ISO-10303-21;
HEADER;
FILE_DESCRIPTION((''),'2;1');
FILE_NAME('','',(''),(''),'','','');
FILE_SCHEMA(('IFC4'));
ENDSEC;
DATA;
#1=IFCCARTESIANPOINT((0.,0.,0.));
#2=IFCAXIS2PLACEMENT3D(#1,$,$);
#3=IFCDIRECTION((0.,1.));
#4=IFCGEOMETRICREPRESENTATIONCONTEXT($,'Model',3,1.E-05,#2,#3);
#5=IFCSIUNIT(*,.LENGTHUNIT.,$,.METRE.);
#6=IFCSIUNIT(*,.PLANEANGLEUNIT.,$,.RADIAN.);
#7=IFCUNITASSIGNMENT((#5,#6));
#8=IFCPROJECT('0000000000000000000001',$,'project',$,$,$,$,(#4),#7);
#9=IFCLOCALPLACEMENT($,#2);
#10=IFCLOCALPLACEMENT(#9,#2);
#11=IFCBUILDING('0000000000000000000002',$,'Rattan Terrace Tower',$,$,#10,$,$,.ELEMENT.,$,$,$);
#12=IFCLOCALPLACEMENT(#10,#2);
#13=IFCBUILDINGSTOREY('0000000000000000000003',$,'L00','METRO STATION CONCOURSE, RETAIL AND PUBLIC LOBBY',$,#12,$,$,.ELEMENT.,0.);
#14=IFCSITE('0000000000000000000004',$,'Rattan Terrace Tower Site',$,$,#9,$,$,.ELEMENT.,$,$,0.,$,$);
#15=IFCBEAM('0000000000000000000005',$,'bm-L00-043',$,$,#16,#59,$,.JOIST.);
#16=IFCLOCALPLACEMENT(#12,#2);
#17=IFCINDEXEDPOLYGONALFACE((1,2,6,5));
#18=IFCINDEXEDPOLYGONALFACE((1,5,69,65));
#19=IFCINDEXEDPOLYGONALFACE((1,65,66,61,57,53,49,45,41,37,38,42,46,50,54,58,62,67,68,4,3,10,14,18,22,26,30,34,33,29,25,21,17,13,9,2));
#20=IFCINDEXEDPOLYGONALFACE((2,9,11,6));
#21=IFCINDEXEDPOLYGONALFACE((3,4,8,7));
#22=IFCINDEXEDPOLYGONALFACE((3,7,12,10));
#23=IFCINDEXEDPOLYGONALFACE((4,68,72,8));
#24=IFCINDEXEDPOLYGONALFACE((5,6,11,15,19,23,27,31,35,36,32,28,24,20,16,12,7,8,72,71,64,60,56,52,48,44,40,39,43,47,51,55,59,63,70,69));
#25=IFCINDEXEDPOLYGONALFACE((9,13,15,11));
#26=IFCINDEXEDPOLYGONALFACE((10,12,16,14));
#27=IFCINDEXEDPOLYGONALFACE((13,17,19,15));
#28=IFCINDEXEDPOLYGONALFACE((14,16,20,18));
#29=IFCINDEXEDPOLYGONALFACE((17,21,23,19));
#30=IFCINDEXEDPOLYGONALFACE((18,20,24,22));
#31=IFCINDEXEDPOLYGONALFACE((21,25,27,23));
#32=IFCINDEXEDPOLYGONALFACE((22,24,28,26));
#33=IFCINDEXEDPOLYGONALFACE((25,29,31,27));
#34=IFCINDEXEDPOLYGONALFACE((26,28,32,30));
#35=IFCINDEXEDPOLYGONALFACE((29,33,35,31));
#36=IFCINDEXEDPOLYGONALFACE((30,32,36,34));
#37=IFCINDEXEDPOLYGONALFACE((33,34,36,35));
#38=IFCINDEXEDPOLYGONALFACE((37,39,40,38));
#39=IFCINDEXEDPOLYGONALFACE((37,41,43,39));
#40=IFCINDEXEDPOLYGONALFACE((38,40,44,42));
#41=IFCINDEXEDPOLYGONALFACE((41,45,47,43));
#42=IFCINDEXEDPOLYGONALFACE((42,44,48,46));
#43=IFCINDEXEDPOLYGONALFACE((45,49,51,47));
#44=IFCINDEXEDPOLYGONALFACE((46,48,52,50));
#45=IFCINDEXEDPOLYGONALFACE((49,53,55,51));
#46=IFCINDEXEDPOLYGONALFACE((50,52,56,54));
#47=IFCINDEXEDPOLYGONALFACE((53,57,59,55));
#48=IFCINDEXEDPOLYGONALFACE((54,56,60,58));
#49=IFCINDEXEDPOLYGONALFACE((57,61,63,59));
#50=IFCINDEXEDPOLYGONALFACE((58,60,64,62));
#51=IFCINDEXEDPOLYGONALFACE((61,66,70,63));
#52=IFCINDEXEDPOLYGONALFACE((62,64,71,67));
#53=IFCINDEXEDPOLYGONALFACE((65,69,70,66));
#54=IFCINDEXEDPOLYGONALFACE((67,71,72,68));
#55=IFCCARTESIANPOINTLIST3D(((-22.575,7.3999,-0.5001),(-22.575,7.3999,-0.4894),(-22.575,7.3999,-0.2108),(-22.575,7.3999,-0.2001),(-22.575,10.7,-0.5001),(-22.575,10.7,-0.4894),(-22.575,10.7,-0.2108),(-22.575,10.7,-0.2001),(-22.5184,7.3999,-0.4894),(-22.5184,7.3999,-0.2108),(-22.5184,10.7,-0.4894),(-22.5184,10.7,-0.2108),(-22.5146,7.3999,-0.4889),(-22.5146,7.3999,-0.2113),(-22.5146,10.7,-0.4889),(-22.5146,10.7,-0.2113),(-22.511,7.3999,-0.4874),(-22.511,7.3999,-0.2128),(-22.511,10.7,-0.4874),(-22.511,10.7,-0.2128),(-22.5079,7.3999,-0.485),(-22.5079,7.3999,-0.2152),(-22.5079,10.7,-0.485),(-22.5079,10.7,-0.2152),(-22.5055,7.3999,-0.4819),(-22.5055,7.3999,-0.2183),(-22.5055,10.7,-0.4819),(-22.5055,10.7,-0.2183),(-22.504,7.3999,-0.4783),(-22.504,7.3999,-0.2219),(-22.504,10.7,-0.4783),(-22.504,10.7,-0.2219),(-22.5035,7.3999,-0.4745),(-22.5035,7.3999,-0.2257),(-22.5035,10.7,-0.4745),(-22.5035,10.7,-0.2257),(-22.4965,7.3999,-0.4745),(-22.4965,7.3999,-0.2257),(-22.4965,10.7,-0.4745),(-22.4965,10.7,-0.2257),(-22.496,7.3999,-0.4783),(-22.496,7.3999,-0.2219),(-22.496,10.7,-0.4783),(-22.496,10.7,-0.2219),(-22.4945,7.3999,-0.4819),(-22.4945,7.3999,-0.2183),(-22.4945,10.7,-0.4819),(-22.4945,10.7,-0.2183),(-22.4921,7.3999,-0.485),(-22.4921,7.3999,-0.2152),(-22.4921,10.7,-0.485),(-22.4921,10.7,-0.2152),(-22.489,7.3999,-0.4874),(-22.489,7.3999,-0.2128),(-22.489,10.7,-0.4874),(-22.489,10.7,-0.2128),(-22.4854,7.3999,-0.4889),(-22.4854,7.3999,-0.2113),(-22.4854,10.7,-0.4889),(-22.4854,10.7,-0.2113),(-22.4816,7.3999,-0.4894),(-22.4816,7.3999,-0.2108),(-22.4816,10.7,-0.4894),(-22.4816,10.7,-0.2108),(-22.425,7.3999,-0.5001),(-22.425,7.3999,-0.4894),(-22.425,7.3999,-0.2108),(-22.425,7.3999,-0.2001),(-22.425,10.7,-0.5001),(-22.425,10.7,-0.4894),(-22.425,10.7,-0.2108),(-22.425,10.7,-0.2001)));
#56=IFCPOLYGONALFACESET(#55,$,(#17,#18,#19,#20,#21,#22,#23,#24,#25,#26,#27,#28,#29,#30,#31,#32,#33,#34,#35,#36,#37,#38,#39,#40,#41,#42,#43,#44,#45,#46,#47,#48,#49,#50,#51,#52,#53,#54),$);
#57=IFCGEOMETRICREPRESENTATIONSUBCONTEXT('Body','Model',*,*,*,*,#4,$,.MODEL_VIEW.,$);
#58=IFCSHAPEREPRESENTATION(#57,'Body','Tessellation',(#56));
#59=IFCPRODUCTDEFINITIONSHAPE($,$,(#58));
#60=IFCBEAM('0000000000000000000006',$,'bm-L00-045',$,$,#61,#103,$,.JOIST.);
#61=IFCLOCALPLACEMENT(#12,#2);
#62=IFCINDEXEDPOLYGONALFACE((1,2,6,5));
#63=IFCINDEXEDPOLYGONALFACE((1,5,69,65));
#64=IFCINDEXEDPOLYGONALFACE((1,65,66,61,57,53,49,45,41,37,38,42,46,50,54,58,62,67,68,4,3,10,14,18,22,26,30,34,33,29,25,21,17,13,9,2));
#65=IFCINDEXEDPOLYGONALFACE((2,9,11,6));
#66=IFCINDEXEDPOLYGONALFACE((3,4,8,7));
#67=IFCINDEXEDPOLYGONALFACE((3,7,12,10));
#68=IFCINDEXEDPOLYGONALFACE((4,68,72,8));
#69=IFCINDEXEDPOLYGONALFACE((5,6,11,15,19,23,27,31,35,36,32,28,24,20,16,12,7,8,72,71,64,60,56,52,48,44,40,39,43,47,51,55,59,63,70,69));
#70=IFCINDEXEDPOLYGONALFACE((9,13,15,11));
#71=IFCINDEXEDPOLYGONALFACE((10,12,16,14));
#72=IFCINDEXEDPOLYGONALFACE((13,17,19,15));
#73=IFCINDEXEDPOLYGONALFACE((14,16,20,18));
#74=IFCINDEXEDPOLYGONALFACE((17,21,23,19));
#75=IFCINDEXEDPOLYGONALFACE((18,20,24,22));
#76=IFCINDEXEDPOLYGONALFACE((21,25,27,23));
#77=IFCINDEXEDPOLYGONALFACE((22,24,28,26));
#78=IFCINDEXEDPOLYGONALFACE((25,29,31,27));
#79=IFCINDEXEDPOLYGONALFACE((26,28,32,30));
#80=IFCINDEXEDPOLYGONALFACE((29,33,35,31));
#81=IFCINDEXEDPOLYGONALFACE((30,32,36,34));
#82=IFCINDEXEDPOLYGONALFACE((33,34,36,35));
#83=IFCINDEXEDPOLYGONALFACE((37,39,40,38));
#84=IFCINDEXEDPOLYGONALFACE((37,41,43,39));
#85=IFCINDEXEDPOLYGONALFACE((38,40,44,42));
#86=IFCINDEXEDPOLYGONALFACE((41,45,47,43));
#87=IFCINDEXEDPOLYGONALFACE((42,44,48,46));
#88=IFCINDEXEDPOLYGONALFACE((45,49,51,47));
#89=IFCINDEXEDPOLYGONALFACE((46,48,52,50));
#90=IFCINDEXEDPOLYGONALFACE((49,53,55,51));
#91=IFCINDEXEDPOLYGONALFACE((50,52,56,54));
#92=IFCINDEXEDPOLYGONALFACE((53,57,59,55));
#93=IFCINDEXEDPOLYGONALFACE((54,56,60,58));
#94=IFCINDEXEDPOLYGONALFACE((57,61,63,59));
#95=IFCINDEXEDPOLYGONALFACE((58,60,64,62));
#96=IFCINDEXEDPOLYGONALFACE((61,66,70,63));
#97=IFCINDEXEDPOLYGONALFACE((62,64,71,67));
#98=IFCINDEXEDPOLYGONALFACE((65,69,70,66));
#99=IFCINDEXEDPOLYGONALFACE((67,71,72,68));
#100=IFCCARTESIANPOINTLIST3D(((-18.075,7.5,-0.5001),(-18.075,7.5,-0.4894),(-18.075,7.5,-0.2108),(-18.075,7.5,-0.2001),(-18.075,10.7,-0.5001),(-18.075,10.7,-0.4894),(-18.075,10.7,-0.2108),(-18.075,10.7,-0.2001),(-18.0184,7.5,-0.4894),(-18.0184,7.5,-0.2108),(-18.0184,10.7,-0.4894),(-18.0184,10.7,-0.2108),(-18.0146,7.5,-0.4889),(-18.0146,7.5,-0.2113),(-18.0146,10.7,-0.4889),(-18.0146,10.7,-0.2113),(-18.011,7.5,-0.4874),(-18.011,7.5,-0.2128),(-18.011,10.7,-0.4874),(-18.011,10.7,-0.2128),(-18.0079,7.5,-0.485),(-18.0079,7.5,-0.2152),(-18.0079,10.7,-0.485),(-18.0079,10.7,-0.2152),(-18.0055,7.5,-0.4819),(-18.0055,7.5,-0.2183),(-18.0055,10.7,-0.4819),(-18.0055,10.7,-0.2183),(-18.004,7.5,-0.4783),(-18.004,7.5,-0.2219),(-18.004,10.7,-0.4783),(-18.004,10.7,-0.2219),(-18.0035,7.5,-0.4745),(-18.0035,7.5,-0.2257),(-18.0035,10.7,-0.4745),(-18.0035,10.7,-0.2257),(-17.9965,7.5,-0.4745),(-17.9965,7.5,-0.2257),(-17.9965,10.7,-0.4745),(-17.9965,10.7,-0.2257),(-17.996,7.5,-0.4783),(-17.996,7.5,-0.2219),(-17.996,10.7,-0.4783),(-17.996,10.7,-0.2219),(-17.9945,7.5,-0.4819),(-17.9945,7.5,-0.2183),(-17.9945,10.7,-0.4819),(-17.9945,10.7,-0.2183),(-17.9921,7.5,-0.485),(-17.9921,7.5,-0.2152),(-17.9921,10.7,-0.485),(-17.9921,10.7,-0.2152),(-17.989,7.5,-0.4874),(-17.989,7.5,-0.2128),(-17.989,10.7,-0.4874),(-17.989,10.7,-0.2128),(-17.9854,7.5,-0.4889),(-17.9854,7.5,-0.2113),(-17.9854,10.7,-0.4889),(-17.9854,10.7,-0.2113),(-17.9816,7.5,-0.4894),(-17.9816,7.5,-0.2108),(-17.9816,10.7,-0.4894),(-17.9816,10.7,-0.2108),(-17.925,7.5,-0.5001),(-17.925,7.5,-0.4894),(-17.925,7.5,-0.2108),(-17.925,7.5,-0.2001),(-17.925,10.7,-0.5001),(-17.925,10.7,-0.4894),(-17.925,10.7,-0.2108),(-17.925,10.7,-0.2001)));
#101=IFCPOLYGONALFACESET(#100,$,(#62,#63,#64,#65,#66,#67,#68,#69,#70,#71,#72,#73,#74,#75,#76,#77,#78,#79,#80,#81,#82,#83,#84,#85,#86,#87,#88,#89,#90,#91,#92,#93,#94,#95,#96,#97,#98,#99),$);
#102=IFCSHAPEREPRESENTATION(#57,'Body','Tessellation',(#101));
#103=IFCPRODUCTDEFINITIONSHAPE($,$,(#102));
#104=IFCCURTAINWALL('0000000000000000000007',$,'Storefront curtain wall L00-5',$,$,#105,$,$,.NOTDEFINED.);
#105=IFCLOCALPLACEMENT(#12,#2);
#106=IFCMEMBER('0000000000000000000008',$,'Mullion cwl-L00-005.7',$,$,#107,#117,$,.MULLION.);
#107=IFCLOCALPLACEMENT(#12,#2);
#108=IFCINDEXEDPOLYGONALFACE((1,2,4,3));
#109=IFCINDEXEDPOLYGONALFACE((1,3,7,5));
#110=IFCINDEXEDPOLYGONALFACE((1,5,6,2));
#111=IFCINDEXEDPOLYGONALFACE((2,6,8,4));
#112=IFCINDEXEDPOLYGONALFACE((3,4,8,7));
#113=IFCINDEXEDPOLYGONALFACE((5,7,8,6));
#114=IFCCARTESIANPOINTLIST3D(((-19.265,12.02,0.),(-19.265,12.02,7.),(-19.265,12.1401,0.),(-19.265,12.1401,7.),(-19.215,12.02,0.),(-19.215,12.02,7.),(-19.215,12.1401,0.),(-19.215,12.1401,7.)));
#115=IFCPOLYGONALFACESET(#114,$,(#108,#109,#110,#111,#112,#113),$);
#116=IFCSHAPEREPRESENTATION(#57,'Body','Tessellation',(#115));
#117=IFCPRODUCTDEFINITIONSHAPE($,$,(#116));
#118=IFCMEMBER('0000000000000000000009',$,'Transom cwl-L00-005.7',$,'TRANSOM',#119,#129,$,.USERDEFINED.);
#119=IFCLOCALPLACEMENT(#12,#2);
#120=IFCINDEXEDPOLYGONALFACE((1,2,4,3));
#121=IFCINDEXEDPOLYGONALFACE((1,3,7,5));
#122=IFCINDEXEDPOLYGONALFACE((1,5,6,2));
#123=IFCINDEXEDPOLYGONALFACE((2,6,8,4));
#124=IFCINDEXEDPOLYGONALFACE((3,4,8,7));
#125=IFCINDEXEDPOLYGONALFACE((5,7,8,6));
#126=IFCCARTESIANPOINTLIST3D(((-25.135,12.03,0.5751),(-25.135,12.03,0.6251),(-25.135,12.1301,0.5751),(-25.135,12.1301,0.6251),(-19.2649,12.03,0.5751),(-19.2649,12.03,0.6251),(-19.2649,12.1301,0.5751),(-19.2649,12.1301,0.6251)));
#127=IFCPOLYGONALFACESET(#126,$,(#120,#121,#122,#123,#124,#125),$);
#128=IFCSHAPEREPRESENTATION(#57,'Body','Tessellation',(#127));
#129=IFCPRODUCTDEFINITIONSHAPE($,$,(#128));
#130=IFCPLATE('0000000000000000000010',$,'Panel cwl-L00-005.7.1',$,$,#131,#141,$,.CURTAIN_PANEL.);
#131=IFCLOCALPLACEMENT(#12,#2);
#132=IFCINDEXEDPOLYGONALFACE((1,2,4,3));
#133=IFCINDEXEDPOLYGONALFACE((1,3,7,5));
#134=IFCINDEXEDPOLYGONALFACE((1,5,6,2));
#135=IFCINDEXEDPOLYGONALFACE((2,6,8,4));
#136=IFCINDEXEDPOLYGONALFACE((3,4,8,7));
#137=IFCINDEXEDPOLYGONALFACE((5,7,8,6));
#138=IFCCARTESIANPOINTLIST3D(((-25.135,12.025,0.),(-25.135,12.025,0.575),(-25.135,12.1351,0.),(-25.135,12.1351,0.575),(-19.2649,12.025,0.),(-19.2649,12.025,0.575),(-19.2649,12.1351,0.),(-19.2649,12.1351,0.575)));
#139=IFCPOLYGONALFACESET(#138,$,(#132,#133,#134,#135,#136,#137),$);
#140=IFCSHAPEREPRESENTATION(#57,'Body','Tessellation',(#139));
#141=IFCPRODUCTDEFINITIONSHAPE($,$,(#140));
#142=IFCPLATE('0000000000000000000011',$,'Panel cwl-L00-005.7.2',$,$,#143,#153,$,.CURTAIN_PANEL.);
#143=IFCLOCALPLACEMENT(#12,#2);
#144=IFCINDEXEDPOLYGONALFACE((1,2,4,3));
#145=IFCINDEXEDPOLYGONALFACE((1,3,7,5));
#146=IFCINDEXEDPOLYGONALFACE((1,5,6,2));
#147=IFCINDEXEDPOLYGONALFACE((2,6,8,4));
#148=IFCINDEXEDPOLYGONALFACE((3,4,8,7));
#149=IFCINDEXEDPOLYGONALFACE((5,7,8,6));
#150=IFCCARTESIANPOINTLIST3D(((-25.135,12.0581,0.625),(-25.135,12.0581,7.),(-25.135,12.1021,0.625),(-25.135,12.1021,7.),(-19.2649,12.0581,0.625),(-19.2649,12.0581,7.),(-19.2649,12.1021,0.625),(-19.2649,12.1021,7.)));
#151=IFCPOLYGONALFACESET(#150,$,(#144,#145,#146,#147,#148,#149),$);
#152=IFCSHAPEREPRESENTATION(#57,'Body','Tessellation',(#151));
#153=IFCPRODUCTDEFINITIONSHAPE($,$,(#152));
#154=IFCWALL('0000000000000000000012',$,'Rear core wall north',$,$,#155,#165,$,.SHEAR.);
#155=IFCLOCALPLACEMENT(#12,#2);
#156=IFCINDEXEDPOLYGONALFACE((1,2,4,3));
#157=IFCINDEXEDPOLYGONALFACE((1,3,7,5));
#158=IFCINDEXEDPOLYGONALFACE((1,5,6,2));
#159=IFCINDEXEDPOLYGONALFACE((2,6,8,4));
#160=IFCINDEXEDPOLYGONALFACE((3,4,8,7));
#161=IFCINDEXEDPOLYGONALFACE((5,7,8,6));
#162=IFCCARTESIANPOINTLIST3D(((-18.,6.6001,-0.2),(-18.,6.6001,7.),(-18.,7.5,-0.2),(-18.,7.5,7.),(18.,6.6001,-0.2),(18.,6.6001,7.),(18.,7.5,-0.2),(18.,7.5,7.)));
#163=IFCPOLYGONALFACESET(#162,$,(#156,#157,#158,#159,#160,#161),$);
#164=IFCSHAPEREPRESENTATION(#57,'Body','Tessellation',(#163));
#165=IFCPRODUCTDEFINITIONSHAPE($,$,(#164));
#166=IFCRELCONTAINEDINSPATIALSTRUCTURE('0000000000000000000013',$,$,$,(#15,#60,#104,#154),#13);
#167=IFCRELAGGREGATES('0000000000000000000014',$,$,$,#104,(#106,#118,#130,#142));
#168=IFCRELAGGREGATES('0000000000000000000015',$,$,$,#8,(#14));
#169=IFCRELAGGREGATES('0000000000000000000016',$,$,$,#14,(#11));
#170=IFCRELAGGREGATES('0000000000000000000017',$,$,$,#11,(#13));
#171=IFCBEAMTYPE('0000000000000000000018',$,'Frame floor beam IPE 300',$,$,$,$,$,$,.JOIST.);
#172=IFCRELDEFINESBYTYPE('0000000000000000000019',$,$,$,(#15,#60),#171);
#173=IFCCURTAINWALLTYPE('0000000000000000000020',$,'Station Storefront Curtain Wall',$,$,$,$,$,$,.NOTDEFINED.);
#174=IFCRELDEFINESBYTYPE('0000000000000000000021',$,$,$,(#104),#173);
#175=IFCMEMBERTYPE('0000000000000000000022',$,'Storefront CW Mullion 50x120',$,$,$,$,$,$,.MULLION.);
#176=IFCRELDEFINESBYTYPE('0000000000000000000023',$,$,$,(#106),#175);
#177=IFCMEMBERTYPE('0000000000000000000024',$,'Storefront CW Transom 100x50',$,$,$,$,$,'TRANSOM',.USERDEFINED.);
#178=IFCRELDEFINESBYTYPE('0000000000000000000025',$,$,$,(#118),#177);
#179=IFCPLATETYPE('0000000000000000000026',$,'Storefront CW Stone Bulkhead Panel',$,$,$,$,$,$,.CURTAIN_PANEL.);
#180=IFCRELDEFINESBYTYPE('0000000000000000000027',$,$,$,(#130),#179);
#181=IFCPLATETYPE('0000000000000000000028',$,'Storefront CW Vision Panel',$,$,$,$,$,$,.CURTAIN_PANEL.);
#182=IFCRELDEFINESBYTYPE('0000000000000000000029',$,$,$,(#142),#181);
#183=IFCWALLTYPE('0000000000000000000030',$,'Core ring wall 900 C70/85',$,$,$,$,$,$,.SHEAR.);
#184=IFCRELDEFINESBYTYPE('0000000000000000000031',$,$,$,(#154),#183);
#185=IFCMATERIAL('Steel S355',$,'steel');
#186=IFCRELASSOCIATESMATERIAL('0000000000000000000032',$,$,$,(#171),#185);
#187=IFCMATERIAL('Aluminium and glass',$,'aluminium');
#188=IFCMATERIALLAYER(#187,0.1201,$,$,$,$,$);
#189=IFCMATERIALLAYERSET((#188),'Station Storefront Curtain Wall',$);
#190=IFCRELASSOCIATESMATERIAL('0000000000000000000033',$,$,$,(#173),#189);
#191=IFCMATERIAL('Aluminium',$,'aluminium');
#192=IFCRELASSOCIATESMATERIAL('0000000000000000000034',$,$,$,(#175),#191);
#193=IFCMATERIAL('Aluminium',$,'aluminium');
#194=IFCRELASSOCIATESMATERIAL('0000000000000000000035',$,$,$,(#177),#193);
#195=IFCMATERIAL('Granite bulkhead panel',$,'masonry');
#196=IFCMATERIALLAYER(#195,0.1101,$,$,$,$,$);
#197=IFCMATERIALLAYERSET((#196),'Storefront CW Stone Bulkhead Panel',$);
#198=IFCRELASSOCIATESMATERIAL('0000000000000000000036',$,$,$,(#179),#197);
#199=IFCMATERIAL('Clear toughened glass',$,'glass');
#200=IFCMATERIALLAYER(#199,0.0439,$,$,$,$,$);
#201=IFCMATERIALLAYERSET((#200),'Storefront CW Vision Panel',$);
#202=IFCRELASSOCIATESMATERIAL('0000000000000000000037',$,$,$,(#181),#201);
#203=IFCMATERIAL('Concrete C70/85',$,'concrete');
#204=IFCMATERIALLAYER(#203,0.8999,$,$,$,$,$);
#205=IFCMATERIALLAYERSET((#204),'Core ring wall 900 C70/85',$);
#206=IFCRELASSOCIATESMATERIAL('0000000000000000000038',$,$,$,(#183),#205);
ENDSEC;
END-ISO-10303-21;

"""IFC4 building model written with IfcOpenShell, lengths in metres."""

from ifc_helpers import new_model, si_unit, direction, frame, frame_2d, origin, origin_2d, place, context, subcontext, project, spatial, rectangle, i_section, extrude, material, layer, layer_set, material_profile, profile_set, type_object, element, aggregate, save


model = new_model("IFC4")

# Units and contexts
model_context = context("Model", 3, precision=1e-05, world=origin(), true_north=direction((0.0, 1.0)))
body_context = subcontext(model_context, "Body", "Model", "MODEL_VIEW")
ifc_project = project(units=[si_unit("LENGTHUNIT", "METRE"), si_unit("PLANEANGLEUNIT", "RADIAN")], contexts=[model_context])

# Site, building, storey
site_placement = place(None, origin())
site = spatial("IfcSite", under=ifc_project, at=site_placement, Name="Rattan Terrace Tower Site", CompositionType="ELEMENT", RefElevation=0.0)
building_placement = place(site_placement, origin())
building = spatial("IfcBuilding", under=site, at=building_placement, Name="Rattan Terrace Tower", CompositionType="ELEMENT")
storey_placement = place(building_placement, origin())
storey = spatial("IfcBuildingStorey", under=building, at=storey_placement, Name="L00", Description="METRO STATION CONCOURSE, RETAIL AND PUBLIC LOBBY", CompositionType="ELEMENT", Elevation=0.0)

# Beams
ifc_material_1 = material(Name="Steel S355", Category="steel")
ifc_material_profile_1 = material_profile(ifc_material_1, i_section(OverallWidth=0.1499, OverallDepth=0.3, WebThickness=0.0071, FlangeThickness=0.0107, FilletRadius=0.0149, at=origin_2d()), Name="IPE 300")
ifc_profile_set_1 = profile_set([ifc_material_profile_1], Name="Steel S355")
beam_type = type_object("IfcBeamType", Name="Frame floor beam IPE 300", PredefinedType="JOIST", material=ifc_profile_set_1)
beam_1_placement = place(storey_placement, frame((-22.5, 7.3999, -0.3501), z_axis=(0.0, 1.0, 0.0), x_axis=(-1.0, 0.0, 0.0)))
element("IfcBeam", 1, at=beam_1_placement, inside=storey, type_object=beam_type, Name="bm-L00-043", PredefinedType="JOIST", context=body_context, shape_type="SweptSolid", body=[
    extrude(i_section(OverallWidth=0.1499, OverallDepth=0.3, WebThickness=0.0071, FlangeThickness=0.0107, FilletRadius=0.0149, at=origin_2d()), origin(), (0.0, 0.0, 1.0), 3.3),
])
beam_2_placement = place(storey_placement, frame((-18.0, 7.5, -0.3501), z_axis=(0.0, 1.0, 0.0), x_axis=(-1.0, 0.0, 0.0)))
element("IfcBeam", 2, at=beam_2_placement, inside=storey, type_object=beam_type, Name="bm-L00-045", PredefinedType="JOIST", context=body_context, shape_type="SweptSolid", body=[
    extrude(i_section(OverallWidth=0.1499, OverallDepth=0.3, WebThickness=0.0071, FlangeThickness=0.0107, FilletRadius=0.0149, at=origin_2d()), origin(), (0.0, 0.0, 1.0), 3.2),
])

# Curtain wall, members, plates
ifc_material_2 = material(Name="Aluminium and glass", Category="aluminium")
ifc_layer_1 = layer(ifc_material_2, 0.1201)
ifc_layer_set_1 = layer_set([ifc_layer_1], Name="Station Storefront Curtain Wall")
curtain_wall_type = type_object("IfcCurtainWallType", Name="Station Storefront Curtain Wall", PredefinedType="NOTDEFINED", material=ifc_layer_set_1)
curtain_wall_placement = place(storey_placement, origin())
curtain_wall = element("IfcCurtainWall", 3, at=curtain_wall_placement, inside=storey, type_object=curtain_wall_type, Name="Storefront curtain wall L00-5", PredefinedType="NOTDEFINED")
ifc_material_3 = material(Name="Aluminium", Category="aluminium")
ifc_material_profile_2 = material_profile(ifc_material_3, rectangle(XDim=0.05, YDim=0.1201, at=origin_2d()), Name="Aluminium 50x120")
ifc_profile_set_2 = profile_set([ifc_material_profile_2], Name="Aluminium")
member_type_1 = type_object("IfcMemberType", Name="Storefront CW Mullion 50x120", PredefinedType="MULLION", material=ifc_profile_set_2)
member_1_placement = place(storey_placement, frame((-19.24, 12.0801, 0.0), z_axis=(0.0, 0.0, 1.0), x_axis=(-1.0, 0.0, 0.0)))
member_1 = element("IfcMember", 4, at=member_1_placement, type_object=member_type_1, Name="Mullion cwl-L00-005.7", PredefinedType="MULLION", context=body_context, shape_type="SweptSolid", body=[
    extrude(rectangle(XDim=0.05, YDim=0.1201, at=origin_2d()), origin(), (0.0, 0.0, 1.0), 7.0),
])
ifc_material_4 = material(Name="Aluminium", Category="aluminium")
ifc_material_profile_3 = material_profile(ifc_material_4, rectangle(XDim=0.1001, YDim=0.05, at=origin_2d()), Name="Aluminium 100x50")
ifc_profile_set_3 = profile_set([ifc_material_profile_3], Name="Aluminium")
member_type_2 = type_object("IfcMemberType", Name="Storefront CW Transom 100x50", ElementType="TRANSOM", PredefinedType="USERDEFINED", material=ifc_profile_set_3)
member_2_placement = place(storey_placement, frame((-19.2649, 12.0801, 0.6001), z_axis=(-1.0, 0.0, 0.0), x_axis=(0.0, -1.0, 0.0)))
member_2 = element("IfcMember", 5, at=member_2_placement, type_object=member_type_2, Name="Transom cwl-L00-005.7", ObjectType="TRANSOM", PredefinedType="USERDEFINED", context=body_context, shape_type="SweptSolid", body=[
    extrude(rectangle(XDim=0.1001, YDim=0.05, at=origin_2d()), origin(), (0.0, 0.0, 1.0), 5.8701),
])
ifc_material_5 = material(Name="Granite bulkhead panel", Category="masonry")
ifc_layer_2 = layer(ifc_material_5, 0.1101)
ifc_layer_set_2 = layer_set([ifc_layer_2], Name="Storefront CW Stone Bulkhead Panel")
plate_type_1 = type_object("IfcPlateType", Name="Storefront CW Stone Bulkhead Panel", PredefinedType="CURTAIN_PANEL", material=ifc_layer_set_2)
plate_1_placement = place(storey_placement, frame((-22.2, 12.0801, 0.0), z_axis=(0.0, 0.0, 1.0), x_axis=(-1.0, 0.0, 0.0)))
plate_1 = element("IfcPlate", 6, at=plate_1_placement, type_object=plate_type_1, Name="Panel cwl-L00-005.7.1", PredefinedType="CURTAIN_PANEL", context=body_context, shape_type="SweptSolid", body=[
    extrude(rectangle(XDim=5.8701, YDim=0.1101, at=origin_2d()), origin(), (0.0, 0.0, 1.0), 0.575),
])
ifc_material_6 = material(Name="Clear toughened glass", Category="glass")
ifc_layer_3 = layer(ifc_material_6, 0.0439)
ifc_layer_set_3 = layer_set([ifc_layer_3], Name="Storefront CW Vision Panel")
plate_type_2 = type_object("IfcPlateType", Name="Storefront CW Vision Panel", PredefinedType="CURTAIN_PANEL", material=ifc_layer_set_3)
plate_2_placement = place(storey_placement, frame((-22.2, 12.0801, 0.625), z_axis=(0.0, 0.0, 1.0), x_axis=(-1.0, 0.0, 0.0)))
plate_2 = element("IfcPlate", 7, at=plate_2_placement, type_object=plate_type_2, Name="Panel cwl-L00-005.7.2", PredefinedType="CURTAIN_PANEL", context=body_context, shape_type="SweptSolid", body=[
    extrude(rectangle(XDim=5.8701, YDim=0.0439, at=origin_2d()), origin(), (0.0, 0.0, 1.0), 6.375),
])
aggregate(curtain_wall, [member_1, member_2, plate_1, plate_2])

# Wall
ifc_material_7 = material(Name="Concrete C70/85", Category="concrete")
ifc_layer_4 = layer(ifc_material_7, 0.8999)
ifc_layer_set_4 = layer_set([ifc_layer_4], Name="Core ring wall 900 C70/85")
wall_type_1 = type_object("IfcWallType", Name="Core ring wall 900 C70/85", PredefinedType="SHEAR", material=ifc_layer_set_4)
wall_1_placement = place(storey_placement, frame((-18.0, 7.05, -0.2), z_axis=(0.0, 0.0, 1.0), x_axis=(1.0, 0.0, 0.0)))
element("IfcWall", 8, at=wall_1_placement, inside=storey, type_object=wall_type_1, Name="Rear core wall north", PredefinedType="SHEAR", context=body_context, shape_type="SweptSolid", body=[
    extrude(rectangle(XDim=36.0, YDim=0.8999, at=frame_2d((18.0, 0.0))), origin(), (0.0, 0.0, 1.0), 7.2),
])

save(model, "model.ifc")
